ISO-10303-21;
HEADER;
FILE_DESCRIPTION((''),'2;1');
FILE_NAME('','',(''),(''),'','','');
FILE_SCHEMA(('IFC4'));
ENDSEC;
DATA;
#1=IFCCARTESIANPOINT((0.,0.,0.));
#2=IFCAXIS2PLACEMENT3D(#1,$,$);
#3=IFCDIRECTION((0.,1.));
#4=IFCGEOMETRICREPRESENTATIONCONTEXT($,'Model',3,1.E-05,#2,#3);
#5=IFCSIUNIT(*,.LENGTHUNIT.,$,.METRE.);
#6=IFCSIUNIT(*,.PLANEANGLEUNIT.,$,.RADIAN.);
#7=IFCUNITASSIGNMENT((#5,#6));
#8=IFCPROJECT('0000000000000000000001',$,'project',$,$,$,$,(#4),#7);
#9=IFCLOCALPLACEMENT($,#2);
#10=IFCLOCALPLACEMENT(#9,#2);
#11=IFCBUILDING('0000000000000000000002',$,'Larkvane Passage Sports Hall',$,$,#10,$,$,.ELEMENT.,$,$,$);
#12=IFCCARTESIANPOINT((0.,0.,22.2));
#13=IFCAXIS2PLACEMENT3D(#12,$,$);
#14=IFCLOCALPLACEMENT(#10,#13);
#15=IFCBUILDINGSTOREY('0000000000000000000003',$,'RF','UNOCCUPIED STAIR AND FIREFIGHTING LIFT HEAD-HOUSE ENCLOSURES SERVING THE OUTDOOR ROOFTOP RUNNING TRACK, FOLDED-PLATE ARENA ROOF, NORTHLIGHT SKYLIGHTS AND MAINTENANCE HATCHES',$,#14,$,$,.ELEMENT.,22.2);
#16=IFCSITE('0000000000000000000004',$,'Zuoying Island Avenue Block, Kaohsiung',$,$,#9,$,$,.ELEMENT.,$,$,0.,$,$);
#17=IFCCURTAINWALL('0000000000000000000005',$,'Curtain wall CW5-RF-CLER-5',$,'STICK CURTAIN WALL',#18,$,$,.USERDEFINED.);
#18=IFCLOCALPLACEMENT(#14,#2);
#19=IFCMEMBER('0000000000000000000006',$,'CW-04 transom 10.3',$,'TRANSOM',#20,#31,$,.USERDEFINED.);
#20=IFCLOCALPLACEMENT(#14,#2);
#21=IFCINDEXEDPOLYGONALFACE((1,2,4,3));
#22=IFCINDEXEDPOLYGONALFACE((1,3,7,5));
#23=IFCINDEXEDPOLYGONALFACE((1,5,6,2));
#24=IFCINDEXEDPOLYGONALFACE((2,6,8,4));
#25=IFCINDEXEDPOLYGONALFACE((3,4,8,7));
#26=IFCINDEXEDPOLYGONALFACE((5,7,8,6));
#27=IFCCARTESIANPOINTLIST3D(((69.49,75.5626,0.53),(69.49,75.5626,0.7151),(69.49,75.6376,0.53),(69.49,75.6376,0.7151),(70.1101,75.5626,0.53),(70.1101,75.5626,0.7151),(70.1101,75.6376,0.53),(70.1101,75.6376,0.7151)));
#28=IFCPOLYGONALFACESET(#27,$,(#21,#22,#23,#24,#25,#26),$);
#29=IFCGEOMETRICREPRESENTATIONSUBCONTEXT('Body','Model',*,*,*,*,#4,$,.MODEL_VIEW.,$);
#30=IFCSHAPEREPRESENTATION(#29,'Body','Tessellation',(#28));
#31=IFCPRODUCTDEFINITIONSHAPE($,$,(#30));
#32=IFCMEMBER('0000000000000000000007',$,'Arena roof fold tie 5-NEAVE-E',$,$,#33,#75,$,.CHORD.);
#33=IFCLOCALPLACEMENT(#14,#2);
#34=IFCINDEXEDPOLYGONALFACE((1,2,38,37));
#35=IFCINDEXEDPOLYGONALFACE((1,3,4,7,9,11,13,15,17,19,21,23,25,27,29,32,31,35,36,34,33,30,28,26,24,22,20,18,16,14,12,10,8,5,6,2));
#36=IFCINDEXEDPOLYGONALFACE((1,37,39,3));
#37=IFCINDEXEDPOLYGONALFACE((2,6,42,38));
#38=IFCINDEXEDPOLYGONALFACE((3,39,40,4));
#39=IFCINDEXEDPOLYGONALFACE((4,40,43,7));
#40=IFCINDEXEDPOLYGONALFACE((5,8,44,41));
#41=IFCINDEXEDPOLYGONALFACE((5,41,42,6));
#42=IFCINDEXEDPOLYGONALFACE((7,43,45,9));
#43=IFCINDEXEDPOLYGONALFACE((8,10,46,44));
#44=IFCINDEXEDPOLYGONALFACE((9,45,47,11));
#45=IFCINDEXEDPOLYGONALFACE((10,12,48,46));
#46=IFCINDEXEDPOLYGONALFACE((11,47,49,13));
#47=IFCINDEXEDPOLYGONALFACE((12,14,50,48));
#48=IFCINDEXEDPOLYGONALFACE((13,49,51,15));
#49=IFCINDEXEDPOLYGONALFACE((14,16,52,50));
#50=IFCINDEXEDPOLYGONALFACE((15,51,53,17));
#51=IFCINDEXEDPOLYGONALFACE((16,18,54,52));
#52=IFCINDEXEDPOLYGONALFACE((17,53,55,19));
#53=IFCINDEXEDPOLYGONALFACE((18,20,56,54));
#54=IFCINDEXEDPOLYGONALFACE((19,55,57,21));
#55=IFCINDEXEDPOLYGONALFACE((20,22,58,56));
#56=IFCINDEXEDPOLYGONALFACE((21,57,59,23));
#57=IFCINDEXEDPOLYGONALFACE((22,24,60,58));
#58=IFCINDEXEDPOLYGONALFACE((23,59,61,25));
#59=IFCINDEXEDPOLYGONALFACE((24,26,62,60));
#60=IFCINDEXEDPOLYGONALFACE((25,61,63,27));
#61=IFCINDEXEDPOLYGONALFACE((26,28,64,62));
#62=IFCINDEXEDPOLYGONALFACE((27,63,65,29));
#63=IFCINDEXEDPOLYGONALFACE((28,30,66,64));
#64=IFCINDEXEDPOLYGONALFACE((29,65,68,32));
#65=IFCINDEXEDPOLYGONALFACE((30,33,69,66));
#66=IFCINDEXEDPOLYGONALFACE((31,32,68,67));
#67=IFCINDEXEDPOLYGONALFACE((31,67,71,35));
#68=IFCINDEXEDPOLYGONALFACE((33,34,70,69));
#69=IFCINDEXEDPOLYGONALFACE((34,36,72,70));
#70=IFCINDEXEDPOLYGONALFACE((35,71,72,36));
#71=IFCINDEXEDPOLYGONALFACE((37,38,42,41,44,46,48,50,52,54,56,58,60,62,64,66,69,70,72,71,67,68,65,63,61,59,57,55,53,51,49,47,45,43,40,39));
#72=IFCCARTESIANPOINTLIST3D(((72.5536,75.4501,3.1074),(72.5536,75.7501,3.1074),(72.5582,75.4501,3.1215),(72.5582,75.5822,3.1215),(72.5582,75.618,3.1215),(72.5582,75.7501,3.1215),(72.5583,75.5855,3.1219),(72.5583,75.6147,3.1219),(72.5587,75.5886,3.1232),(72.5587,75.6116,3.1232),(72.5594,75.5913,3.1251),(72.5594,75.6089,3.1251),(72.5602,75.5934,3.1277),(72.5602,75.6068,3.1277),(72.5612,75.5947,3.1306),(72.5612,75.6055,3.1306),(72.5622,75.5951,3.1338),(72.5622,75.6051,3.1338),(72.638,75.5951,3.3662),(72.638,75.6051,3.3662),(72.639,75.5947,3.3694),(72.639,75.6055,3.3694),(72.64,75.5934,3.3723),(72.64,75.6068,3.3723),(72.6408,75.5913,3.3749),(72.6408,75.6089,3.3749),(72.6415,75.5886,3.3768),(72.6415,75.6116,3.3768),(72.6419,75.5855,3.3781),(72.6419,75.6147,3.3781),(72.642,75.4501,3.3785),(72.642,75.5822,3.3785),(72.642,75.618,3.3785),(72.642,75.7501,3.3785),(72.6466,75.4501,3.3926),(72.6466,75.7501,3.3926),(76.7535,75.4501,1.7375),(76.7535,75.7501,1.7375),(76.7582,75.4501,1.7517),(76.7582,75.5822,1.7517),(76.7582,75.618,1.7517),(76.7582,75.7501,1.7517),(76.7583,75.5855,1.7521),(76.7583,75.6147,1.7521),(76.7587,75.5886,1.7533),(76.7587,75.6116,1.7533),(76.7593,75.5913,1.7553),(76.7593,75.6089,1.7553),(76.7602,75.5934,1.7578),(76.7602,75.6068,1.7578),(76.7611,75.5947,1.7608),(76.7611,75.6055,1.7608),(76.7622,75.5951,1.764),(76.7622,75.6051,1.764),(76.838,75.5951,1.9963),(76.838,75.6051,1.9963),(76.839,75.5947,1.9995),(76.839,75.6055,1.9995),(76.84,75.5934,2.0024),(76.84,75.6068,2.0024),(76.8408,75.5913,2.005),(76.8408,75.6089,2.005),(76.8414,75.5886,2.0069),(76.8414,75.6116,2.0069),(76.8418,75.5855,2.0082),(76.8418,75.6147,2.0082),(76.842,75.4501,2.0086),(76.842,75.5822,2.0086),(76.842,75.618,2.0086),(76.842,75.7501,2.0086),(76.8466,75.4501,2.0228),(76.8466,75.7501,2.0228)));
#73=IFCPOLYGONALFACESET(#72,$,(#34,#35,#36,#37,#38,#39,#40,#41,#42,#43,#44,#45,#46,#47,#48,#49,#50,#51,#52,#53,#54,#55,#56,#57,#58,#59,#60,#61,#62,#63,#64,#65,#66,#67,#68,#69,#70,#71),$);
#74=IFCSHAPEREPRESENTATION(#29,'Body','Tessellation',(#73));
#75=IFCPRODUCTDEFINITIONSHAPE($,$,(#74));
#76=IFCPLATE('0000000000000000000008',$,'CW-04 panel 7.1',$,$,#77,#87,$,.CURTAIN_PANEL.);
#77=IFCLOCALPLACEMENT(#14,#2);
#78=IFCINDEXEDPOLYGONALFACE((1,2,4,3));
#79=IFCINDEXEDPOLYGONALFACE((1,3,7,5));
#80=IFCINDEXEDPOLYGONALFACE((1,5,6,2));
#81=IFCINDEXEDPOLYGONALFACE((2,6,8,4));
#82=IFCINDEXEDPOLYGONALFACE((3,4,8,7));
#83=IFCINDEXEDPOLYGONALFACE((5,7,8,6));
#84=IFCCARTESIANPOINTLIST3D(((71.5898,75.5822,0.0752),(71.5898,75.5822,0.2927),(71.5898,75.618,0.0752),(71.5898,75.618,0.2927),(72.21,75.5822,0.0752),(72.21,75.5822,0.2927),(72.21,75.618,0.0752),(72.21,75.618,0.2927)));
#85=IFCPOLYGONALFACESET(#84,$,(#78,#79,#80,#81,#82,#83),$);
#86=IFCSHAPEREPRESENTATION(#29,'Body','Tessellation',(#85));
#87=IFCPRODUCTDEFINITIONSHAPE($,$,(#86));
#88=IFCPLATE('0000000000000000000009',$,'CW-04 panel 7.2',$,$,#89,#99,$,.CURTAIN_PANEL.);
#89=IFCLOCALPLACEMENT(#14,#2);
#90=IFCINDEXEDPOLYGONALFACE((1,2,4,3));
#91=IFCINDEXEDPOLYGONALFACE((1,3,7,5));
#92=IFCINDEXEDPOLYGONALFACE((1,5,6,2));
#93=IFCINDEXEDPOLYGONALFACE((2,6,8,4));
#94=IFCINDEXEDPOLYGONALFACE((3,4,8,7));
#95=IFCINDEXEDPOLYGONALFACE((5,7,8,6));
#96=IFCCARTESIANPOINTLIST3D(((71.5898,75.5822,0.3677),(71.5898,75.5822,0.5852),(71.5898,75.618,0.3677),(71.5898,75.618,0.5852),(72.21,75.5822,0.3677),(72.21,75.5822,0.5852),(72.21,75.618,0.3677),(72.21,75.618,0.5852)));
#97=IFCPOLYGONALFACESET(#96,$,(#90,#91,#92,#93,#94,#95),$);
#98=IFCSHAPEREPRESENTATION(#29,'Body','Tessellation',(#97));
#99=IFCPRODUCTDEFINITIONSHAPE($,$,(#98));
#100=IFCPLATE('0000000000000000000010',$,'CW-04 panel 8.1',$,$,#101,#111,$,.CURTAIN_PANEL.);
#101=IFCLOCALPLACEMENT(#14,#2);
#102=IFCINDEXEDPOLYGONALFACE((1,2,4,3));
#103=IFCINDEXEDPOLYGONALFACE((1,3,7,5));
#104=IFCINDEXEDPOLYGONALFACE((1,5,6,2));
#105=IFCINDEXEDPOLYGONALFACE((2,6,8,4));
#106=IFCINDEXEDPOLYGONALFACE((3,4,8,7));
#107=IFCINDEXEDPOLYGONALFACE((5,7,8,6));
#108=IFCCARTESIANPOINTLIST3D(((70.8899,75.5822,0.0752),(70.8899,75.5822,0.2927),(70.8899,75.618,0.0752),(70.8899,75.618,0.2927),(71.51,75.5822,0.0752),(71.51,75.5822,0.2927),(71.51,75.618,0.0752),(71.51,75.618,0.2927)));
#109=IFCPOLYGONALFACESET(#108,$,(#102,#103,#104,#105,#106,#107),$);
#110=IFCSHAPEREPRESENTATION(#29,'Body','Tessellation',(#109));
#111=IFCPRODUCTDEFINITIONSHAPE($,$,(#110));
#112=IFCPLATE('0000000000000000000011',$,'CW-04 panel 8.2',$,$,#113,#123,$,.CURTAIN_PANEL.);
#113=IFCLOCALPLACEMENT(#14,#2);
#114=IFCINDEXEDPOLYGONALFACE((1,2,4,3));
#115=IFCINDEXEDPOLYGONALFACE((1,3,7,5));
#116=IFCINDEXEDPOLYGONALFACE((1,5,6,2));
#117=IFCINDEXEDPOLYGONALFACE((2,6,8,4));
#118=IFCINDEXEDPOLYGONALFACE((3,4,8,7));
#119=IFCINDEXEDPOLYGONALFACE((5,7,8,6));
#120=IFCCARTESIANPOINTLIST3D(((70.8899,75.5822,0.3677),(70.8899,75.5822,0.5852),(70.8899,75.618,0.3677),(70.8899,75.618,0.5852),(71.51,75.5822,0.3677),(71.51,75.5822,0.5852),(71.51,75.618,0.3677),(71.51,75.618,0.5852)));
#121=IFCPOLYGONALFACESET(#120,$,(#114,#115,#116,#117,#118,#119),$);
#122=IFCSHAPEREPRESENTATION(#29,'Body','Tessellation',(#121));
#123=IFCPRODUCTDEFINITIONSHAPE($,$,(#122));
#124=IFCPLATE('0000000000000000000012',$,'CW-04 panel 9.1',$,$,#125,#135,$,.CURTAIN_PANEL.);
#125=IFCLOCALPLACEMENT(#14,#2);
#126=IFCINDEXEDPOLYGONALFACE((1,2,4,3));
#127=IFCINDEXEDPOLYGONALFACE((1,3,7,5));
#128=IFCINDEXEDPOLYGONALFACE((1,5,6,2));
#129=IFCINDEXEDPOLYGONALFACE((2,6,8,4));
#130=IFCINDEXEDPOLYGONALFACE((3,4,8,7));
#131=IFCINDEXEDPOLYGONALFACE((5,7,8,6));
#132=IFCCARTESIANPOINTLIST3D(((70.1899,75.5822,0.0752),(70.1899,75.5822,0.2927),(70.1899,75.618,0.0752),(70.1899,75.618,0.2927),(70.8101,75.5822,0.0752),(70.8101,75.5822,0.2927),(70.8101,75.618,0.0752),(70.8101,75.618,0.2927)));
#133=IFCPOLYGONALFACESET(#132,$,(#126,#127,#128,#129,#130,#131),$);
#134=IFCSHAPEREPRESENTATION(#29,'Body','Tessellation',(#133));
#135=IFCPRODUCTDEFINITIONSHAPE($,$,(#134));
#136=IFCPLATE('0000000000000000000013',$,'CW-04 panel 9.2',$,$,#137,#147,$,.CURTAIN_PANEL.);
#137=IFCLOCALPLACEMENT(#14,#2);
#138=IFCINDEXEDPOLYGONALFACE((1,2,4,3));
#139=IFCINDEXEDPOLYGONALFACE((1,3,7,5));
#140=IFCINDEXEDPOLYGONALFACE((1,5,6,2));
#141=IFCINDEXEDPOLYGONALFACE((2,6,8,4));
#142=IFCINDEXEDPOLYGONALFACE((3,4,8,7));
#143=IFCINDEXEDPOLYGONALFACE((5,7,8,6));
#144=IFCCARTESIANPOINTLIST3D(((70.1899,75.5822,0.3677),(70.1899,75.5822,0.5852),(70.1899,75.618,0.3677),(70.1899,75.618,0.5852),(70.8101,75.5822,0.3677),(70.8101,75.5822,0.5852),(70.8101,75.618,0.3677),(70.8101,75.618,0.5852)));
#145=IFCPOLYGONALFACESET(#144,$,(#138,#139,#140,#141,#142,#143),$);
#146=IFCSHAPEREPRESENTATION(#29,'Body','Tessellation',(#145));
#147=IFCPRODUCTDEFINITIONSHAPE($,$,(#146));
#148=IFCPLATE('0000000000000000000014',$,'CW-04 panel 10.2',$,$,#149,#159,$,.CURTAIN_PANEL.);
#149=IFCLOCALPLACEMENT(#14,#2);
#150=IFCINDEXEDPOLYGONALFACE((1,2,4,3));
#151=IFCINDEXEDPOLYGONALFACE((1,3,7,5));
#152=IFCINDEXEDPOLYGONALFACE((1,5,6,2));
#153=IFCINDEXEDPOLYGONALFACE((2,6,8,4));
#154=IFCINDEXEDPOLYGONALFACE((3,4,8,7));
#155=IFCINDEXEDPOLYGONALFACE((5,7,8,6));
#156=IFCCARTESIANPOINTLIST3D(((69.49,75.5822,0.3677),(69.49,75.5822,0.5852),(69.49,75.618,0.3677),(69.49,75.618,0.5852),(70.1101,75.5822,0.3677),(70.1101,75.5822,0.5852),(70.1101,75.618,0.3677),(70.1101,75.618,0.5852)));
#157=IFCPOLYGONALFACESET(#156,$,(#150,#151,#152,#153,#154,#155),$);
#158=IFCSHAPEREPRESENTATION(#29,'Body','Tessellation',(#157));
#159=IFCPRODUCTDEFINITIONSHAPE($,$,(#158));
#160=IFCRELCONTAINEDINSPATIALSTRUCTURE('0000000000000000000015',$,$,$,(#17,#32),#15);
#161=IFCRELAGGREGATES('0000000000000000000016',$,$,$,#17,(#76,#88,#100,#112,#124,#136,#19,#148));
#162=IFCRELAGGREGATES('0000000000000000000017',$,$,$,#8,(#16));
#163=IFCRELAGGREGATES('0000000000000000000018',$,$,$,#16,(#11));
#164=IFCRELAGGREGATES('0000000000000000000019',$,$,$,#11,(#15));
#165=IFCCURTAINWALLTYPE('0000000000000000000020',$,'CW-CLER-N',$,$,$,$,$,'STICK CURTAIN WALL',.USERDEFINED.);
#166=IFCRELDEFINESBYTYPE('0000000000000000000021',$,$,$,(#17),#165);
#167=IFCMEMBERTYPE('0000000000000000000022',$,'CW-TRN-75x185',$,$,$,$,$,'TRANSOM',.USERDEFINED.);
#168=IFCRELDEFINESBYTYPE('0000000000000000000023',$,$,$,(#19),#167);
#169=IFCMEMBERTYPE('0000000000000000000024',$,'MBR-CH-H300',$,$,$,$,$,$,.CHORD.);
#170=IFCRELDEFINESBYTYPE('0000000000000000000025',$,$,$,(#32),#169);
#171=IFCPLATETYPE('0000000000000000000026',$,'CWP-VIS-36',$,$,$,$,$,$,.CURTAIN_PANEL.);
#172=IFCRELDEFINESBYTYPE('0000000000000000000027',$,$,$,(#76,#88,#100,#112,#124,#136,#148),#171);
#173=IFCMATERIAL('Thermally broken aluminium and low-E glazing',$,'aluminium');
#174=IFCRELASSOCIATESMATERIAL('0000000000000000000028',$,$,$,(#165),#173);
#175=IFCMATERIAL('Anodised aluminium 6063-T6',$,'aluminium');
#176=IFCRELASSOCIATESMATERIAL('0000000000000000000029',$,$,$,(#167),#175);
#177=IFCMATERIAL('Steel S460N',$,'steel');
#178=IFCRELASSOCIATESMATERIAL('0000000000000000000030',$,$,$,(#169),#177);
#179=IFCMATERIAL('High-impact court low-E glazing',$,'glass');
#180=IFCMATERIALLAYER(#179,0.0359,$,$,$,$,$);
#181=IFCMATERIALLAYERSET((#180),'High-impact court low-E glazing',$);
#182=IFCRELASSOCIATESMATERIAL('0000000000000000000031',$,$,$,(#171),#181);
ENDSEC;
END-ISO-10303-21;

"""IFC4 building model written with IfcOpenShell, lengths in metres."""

from ifc_helpers import new_model, si_unit, direction, frame, origin, origin_2d, place, context, subcontext, project, spatial, rectangle, i_section, extrude, material, layer, layer_set, material_profile, profile_set, type_object, element, aggregate, save


model = new_model("IFC4")

# Units and contexts
model_context = context("Model", 3, precision=1e-05, world=origin(), true_north=direction((0.0, 1.0)))
body_context = subcontext(model_context, "Body", "Model", "MODEL_VIEW")
ifc_project = project(units=[si_unit("LENGTHUNIT", "METRE"), si_unit("PLANEANGLEUNIT", "RADIAN")], contexts=[model_context])

# Site, building, storey
site_placement = place(None, origin())
site = spatial("IfcSite", under=ifc_project, at=site_placement, Name="Zuoying Island Avenue Block, Kaohsiung", CompositionType="ELEMENT", RefElevation=0.0)
building_placement = place(site_placement, origin())
building = spatial("IfcBuilding", under=site, at=building_placement, Name="Larkvane Passage Sports Hall", CompositionType="ELEMENT")
storey_placement = place(building_placement, frame((0.0, 0.0, 22.2)))
storey = spatial("IfcBuildingStorey", under=building, at=storey_placement, Name="RF", Description="UNOCCUPIED STAIR AND FIREFIGHTING LIFT HEAD-HOUSE ENCLOSURES SERVING THE OUTDOOR ROOFTOP RUNNING TRACK, FOLDED-PLATE ARENA ROOF, NORTHLIGHT SKYLIGHTS AND MAINTENANCE HATCHES", CompositionType="ELEMENT", Elevation=22.2)

# Curtain wall, member
ifc_material_1 = material(Name="Thermally broken aluminium and low-E glazing", Category="aluminium")
curtain_wall_type = type_object("IfcCurtainWallType", Name="CW-CLER-N", ElementType="STICK CURTAIN WALL", PredefinedType="USERDEFINED", material=ifc_material_1)
curtain_wall_placement = place(storey_placement, origin())
curtain_wall = element("IfcCurtainWall", 1, at=curtain_wall_placement, inside=storey, type_object=curtain_wall_type, Name="Curtain wall CW5-RF-CLER-5", ObjectType="STICK CURTAIN WALL", PredefinedType="USERDEFINED")
ifc_material_2 = material(Name="Anodised aluminium 6063-T6", Category="aluminium")
ifc_material_profile_1 = material_profile(ifc_material_2, rectangle(XDim=0.075, YDim=0.1851, at=origin_2d()), Name="ALU-TRN-75x185")
ifc_profile_set_1 = profile_set([ifc_material_profile_1], Name="Anodised aluminium 6063-T6")
member_type_1 = type_object("IfcMemberType", Name="CW-TRN-75x185", ElementType="TRANSOM", PredefinedType="USERDEFINED", material=ifc_profile_set_1)
member_1_placement = place(storey_placement, frame((70.1101, 75.6001, 0.6226), z_axis=(-1.0, 0.0, 0.0), x_axis=(0.0, -1.0, 0.0)))
member_1 = element("IfcMember", 2, at=member_1_placement, type_object=member_type_1, Name="CW-04 transom 10.3", ObjectType="TRANSOM", PredefinedType="USERDEFINED", context=body_context, shape_type="SweptSolid", body=[
    extrude(rectangle(XDim=0.075, YDim=0.1851, at=origin_2d()), origin(), (0.0, 0.0, 1.0), 0.6201),
])

# Member
ifc_material_3 = material(Name="Steel S460N", Category="steel")
ifc_material_profile_2 = material_profile(ifc_material_3, i_section(OverallWidth=0.3, OverallDepth=0.3, WebThickness=0.01, FlangeThickness=0.0149, FilletRadius=0.0129, at=origin_2d()), Name="H-300x300x10x15")
ifc_profile_set_2 = profile_set([ifc_material_profile_2], Name="Steel S460N")
member_type_2 = type_object("IfcMemberType", Name="MBR-CH-H300", PredefinedType="CHORD", material=ifc_profile_set_2)
member_2_placement = place(storey_placement, frame((72.6001, 75.6001, 3.25), z_axis=(0.950708, 0.0, -0.310087), x_axis=(0.0, 1.0, 0.0)))
element("IfcMember", 3, at=member_2_placement, inside=storey, type_object=member_type_2, Name="Arena roof fold tie 5-NEAVE-E", PredefinedType="CHORD", context=body_context, shape_type="SweptSolid", body=[
    extrude(i_section(OverallWidth=0.3, OverallDepth=0.3, WebThickness=0.01, FlangeThickness=0.0149, FilletRadius=0.0129, at=origin_2d()), origin(), (0.0, 0.0, 1.0), 4.4177),
])

# Plates
ifc_material_4 = material(Name="High-impact court low-E glazing", Category="glass")
ifc_layer = layer(ifc_material_4, 0.0359)
ifc_layer_set = layer_set([ifc_layer], Name="High-impact court low-E glazing")
plate_type = type_object("IfcPlateType", Name="CWP-VIS-36", PredefinedType="CURTAIN_PANEL", material=ifc_layer_set)
plate_1_placement = place(storey_placement, frame((71.8999, 75.6001, 0.0752), z_axis=(0.0, 0.0, 1.0), x_axis=(-1.0, 0.0, 0.0)))
plate_1 = element("IfcPlate", 4, at=plate_1_placement, type_object=plate_type, Name="CW-04 panel 7.1", PredefinedType="CURTAIN_PANEL", context=body_context, shape_type="SweptSolid", body=[
    extrude(rectangle(XDim=0.6201, YDim=0.0359, at=origin_2d()), origin(), (0.0, 0.0, 1.0), 0.2175),
])
plate_2_placement = place(storey_placement, frame((71.8999, 75.6001, 0.3677), z_axis=(0.0, 0.0, 1.0), x_axis=(-1.0, 0.0, 0.0)))
plate_2 = element("IfcPlate", 5, at=plate_2_placement, type_object=plate_type, Name="CW-04 panel 7.2", PredefinedType="CURTAIN_PANEL", context=body_context, shape_type="SweptSolid", body=[
    extrude(rectangle(XDim=0.6201, YDim=0.0359, at=origin_2d()), origin(), (0.0, 0.0, 1.0), 0.2175),
])
plate_3_placement = place(storey_placement, frame((71.2, 75.6001, 0.0752), z_axis=(0.0, 0.0, 1.0), x_axis=(-1.0, 0.0, 0.0)))
plate_3 = element("IfcPlate", 6, at=plate_3_placement, type_object=plate_type, Name="CW-04 panel 8.1", PredefinedType="CURTAIN_PANEL", context=body_context, shape_type="SweptSolid", body=[
    extrude(rectangle(XDim=0.6201, YDim=0.0359, at=origin_2d()), origin(), (0.0, 0.0, 1.0), 0.2175),
])
plate_4_placement = place(storey_placement, frame((71.2, 75.6001, 0.3677), z_axis=(0.0, 0.0, 1.0), x_axis=(-1.0, 0.0, 0.0)))
plate_4 = element("IfcPlate", 7, at=plate_4_placement, type_object=plate_type, Name="CW-04 panel 8.2", PredefinedType="CURTAIN_PANEL", context=body_context, shape_type="SweptSolid", body=[
    extrude(rectangle(XDim=0.6201, YDim=0.0359, at=origin_2d()), origin(), (0.0, 0.0, 1.0), 0.2175),
])
plate_5_placement = place(storey_placement, frame((70.5, 75.6001, 0.0752), z_axis=(0.0, 0.0, 1.0), x_axis=(-1.0, 0.0, 0.0)))
plate_5 = element("IfcPlate", 8, at=plate_5_placement, type_object=plate_type, Name="CW-04 panel 9.1", PredefinedType="CURTAIN_PANEL", context=body_context, shape_type="SweptSolid", body=[
    extrude(rectangle(XDim=0.6201, YDim=0.0359, at=origin_2d()), origin(), (0.0, 0.0, 1.0), 0.2175),
])
plate_6_placement = place(storey_placement, frame((70.5, 75.6001, 0.3677), z_axis=(0.0, 0.0, 1.0), x_axis=(-1.0, 0.0, 0.0)))
plate_6 = element("IfcPlate", 9, at=plate_6_placement, type_object=plate_type, Name="CW-04 panel 9.2", PredefinedType="CURTAIN_PANEL", context=body_context, shape_type="SweptSolid", body=[
    extrude(rectangle(XDim=0.6201, YDim=0.0359, at=origin_2d()), origin(), (0.0, 0.0, 1.0), 0.2175),
])
plate_7_placement = place(storey_placement, frame((69.8, 75.6001, 0.3677), z_axis=(0.0, 0.0, 1.0), x_axis=(-1.0, 0.0, 0.0)))
plate_7 = element("IfcPlate", 10, at=plate_7_placement, type_object=plate_type, Name="CW-04 panel 10.2", PredefinedType="CURTAIN_PANEL", context=body_context, shape_type="SweptSolid", body=[
    extrude(rectangle(XDim=0.6201, YDim=0.0359, at=origin_2d()), origin(), (0.0, 0.0, 1.0), 0.2175),
])
aggregate(curtain_wall, [plate_1, plate_2, plate_3, plate_4, plate_5, plate_6, member_1, plate_7])

save(model, "model.ifc")
